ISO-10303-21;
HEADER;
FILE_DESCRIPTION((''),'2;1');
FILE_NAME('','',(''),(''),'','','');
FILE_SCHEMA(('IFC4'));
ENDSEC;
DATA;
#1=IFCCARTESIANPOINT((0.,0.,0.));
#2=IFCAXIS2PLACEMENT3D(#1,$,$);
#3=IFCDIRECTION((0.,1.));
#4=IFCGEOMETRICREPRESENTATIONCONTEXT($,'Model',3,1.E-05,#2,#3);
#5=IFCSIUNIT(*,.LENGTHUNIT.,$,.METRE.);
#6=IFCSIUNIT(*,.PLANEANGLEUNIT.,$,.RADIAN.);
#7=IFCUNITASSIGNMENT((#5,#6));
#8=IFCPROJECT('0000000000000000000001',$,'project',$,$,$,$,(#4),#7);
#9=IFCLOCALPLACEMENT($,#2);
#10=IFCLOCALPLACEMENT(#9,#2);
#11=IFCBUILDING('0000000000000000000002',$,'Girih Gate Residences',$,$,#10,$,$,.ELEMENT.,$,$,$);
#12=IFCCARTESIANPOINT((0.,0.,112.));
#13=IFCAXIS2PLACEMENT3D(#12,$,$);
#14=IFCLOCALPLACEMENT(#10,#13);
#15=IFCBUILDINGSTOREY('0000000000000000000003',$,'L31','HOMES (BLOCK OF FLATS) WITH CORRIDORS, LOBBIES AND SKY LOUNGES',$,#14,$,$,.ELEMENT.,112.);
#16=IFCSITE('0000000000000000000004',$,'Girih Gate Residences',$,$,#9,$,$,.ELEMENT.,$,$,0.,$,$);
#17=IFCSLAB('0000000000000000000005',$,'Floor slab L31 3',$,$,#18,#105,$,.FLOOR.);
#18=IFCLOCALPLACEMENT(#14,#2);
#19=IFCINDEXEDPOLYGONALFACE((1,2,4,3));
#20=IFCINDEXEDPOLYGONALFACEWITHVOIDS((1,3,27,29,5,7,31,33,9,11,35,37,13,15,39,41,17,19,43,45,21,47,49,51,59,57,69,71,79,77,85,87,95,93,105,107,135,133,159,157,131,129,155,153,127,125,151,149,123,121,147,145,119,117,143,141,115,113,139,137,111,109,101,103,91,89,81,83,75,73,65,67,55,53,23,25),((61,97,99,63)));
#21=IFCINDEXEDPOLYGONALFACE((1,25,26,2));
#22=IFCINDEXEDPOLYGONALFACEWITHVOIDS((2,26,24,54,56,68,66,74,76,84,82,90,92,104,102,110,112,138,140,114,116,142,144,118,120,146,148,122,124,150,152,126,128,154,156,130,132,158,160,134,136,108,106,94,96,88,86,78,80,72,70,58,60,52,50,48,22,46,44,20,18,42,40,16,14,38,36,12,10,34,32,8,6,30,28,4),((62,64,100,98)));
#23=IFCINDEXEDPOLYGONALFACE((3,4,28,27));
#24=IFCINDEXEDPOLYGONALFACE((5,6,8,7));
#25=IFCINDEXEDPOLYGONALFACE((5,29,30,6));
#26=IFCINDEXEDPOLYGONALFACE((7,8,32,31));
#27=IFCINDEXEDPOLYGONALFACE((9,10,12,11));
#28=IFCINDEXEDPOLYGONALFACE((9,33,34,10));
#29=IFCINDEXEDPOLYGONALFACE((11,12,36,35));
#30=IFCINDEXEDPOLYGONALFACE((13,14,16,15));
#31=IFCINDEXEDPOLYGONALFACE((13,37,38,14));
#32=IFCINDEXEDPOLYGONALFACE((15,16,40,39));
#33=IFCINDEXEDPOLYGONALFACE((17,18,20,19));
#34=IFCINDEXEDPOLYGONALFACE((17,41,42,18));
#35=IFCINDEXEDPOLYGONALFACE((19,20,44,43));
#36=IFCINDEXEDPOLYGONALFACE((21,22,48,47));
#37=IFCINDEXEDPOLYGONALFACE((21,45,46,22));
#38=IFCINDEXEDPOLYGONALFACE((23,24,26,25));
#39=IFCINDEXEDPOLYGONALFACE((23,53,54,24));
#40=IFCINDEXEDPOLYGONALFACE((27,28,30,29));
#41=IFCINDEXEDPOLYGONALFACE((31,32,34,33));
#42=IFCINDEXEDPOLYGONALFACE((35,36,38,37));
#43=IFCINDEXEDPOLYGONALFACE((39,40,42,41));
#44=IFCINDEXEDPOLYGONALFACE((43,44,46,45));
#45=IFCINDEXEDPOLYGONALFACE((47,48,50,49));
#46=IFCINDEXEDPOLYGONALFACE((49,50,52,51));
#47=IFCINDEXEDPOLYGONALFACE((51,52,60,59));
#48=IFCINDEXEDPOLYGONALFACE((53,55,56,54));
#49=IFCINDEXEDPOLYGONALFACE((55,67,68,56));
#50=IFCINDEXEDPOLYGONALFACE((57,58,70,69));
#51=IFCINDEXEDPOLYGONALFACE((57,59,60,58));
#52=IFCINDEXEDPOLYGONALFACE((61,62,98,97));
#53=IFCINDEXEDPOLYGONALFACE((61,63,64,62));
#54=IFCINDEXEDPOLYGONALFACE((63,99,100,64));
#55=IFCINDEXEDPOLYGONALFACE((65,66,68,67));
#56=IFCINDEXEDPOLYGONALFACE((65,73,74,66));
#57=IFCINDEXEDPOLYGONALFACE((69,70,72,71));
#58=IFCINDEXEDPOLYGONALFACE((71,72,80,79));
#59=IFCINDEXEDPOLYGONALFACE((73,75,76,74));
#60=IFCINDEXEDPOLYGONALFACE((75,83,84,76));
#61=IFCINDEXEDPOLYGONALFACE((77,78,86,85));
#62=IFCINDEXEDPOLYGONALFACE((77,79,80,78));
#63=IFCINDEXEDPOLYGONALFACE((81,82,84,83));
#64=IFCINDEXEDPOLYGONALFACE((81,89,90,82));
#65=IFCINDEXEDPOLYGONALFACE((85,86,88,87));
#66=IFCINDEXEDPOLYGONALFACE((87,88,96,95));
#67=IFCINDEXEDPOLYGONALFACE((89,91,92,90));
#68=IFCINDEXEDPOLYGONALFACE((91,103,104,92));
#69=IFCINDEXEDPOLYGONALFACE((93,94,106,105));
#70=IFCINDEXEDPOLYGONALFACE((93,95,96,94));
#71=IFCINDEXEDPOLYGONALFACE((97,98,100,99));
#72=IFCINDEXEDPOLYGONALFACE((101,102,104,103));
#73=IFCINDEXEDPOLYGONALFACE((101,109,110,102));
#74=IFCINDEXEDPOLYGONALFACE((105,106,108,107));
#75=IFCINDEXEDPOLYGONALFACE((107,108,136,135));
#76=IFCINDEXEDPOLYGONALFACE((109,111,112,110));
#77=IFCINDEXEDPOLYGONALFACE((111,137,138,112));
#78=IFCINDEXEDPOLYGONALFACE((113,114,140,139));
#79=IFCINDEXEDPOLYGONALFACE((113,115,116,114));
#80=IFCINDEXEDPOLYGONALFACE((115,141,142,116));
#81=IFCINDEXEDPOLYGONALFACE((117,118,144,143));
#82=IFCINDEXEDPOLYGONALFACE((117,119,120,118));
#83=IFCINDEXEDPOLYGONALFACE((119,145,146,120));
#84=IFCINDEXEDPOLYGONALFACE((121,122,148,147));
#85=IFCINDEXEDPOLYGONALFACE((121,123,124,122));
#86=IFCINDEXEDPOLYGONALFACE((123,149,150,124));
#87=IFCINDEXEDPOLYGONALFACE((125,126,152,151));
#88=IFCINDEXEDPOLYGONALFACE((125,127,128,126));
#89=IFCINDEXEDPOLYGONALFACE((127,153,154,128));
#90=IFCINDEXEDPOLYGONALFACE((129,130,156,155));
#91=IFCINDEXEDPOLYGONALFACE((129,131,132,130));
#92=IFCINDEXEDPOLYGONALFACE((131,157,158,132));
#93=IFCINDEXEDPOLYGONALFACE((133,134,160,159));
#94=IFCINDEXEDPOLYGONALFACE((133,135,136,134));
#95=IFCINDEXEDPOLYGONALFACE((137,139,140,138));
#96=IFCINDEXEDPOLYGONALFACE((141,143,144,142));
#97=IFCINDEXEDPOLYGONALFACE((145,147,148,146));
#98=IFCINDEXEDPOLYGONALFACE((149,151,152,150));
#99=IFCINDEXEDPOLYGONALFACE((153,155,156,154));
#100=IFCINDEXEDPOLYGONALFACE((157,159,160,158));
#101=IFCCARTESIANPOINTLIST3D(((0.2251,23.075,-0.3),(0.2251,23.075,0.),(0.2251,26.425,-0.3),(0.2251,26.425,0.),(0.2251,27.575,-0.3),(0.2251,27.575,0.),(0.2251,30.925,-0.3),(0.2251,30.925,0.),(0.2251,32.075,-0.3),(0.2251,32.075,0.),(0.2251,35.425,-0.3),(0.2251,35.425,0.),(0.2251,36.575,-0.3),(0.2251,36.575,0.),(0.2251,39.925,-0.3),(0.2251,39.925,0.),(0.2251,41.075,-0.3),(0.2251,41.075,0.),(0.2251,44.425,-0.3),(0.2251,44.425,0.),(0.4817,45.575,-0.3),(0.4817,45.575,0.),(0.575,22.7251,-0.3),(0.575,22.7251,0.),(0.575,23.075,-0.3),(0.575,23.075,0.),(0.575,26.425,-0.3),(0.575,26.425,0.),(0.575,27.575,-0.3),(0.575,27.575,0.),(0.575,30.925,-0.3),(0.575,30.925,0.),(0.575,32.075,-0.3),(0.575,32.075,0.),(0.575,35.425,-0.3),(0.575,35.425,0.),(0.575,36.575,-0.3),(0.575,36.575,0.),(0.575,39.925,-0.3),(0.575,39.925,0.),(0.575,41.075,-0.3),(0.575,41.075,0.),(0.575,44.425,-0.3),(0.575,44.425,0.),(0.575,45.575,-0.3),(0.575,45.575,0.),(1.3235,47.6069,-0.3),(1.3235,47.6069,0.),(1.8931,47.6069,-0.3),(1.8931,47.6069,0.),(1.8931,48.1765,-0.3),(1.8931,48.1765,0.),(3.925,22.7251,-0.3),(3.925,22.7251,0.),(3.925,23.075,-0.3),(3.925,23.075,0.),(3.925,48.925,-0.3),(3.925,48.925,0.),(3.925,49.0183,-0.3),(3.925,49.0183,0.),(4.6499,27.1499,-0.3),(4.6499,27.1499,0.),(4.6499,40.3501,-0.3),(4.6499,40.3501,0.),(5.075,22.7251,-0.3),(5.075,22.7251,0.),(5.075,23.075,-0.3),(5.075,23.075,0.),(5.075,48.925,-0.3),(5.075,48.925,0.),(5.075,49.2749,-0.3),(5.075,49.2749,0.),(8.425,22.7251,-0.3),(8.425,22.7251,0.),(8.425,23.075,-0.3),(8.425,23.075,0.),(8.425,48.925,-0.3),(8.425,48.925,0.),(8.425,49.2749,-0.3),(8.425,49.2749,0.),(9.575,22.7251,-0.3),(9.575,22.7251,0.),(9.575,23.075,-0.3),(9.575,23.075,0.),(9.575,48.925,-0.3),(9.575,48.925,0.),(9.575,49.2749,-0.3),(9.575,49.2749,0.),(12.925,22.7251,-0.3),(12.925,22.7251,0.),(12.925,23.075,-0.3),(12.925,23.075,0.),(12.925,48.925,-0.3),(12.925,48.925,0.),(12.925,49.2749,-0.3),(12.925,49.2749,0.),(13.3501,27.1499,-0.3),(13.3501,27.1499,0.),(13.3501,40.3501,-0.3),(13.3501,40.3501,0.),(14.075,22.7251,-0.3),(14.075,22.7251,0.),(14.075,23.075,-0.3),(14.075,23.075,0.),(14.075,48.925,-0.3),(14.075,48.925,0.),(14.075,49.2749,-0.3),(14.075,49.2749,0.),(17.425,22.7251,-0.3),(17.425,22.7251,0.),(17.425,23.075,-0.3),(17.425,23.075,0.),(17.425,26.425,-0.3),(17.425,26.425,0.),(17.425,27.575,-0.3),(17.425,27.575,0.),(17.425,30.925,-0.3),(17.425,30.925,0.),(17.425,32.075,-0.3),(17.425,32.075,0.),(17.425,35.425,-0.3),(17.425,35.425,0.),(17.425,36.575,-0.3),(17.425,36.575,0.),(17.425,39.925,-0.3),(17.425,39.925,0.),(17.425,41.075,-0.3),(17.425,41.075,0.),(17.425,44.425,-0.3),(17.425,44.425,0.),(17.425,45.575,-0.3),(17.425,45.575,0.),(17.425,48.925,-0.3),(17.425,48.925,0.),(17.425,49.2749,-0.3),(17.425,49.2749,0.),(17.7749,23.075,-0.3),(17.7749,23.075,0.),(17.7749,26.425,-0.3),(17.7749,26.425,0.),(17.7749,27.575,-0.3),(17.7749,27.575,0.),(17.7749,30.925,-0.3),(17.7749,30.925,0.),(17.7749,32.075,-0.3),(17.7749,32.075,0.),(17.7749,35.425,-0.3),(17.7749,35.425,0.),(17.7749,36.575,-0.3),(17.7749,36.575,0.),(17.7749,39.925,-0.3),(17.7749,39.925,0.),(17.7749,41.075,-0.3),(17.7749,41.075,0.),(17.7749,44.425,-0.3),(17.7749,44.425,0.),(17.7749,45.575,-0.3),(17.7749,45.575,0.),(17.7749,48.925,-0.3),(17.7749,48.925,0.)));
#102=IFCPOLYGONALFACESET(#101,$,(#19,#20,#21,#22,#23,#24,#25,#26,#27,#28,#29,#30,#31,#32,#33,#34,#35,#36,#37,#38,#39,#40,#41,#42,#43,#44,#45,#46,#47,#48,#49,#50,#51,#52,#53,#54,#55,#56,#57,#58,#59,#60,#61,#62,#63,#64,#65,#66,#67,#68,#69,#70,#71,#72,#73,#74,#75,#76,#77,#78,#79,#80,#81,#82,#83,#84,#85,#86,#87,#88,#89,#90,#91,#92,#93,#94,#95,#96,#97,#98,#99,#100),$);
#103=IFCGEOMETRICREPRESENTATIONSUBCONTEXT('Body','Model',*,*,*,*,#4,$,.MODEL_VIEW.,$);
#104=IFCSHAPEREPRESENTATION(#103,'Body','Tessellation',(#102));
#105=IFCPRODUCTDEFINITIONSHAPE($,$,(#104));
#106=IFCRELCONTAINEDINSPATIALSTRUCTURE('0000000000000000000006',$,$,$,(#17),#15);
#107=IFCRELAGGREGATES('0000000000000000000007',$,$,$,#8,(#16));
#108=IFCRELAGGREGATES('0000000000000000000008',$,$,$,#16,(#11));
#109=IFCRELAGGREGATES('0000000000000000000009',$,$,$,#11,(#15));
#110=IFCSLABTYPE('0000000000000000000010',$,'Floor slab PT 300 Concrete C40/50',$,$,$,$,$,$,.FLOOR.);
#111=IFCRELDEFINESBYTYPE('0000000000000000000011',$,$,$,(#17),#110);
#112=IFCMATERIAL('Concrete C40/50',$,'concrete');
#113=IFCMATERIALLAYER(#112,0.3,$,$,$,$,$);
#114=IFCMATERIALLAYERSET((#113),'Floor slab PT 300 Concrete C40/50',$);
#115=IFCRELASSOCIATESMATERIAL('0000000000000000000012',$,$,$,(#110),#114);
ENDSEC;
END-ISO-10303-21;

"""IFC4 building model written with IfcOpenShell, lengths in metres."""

from ifc_helpers import new_model, si_unit, direction, frame, origin, place, context, subcontext, project, spatial, polyline, outline, extrude, material, layer, layer_set, type_object, element, save


model = new_model("IFC4")

# Units and contexts
model_context = context("Model", 3, precision=1e-05, world=origin(), true_north=direction((0.0, 1.0)))
body_context = subcontext(model_context, "Body", "Model", "MODEL_VIEW")
ifc_project = project(units=[si_unit("LENGTHUNIT", "METRE"), si_unit("PLANEANGLEUNIT", "RADIAN")], contexts=[model_context])

# Site, building, storey
site_placement = place(None, origin())
site = spatial("IfcSite", under=ifc_project, at=site_placement, Name="Girih Gate Residences", CompositionType="ELEMENT", RefElevation=0.0)
building_placement = place(site_placement, origin())
building = spatial("IfcBuilding", under=site, at=building_placement, Name="Girih Gate Residences", CompositionType="ELEMENT")
storey_placement = place(building_placement, frame((0.0, 0.0, 112.0)))
storey = spatial("IfcBuildingStorey", under=building, at=storey_placement, Name="L31", Description="HOMES (BLOCK OF FLATS) WITH CORRIDORS, LOBBIES AND SKY LOUNGES", CompositionType="ELEMENT", Elevation=112.0)

# Slab
ifc_material_1 = material(Name="Concrete C40/50", Category="concrete")
ifc_layer_1 = layer(ifc_material_1, 0.3)
ifc_layer_set_1 = layer_set([ifc_layer_1], Name="Floor slab PT 300 Concrete C40/50")
slab_type_1 = type_object("IfcSlabType", Name="Floor slab PT 300 Concrete C40/50", PredefinedType="FLOOR", material=ifc_layer_set_1)
slab_1_placement = place(storey_placement, frame((0.0, 0.0, -0.3)))
element("IfcSlab", 1, at=slab_1_placement, inside=storey, type_object=slab_type_1, Name="Floor slab L31 3", PredefinedType="FLOOR", context=body_context, shape_type="SweptSolid", body=[
    extrude(outline(polyline([(0.2251, 26.425), (0.2251, 23.075), (0.575, 23.075), (0.575, 22.7251), (3.925, 22.7251), (3.925, 23.075), (5.075, 23.075), (5.075, 22.7251), (8.425, 22.7251), (8.425, 23.075), (9.575, 23.075), (9.575, 22.7251), (12.925, 22.7251), (12.925, 23.075), (14.075, 23.075), (14.075, 22.7251), (17.425, 22.7251), (17.425, 23.075), (17.7749, 23.075), (17.7749, 26.425), (17.425, 26.425), (17.425, 27.575), (17.7749, 27.575), (17.7749, 30.925), (17.425, 30.925), (17.425, 32.075), (17.7749, 32.075), (17.7749, 35.425), (17.425, 35.425), (17.425, 36.575), (17.7749, 36.575), (17.7749, 39.925), (17.425, 39.925), (17.425, 41.075), (17.7749, 41.075), (17.7749, 44.425), (17.425, 44.425), (17.425, 45.575), (17.7749, 45.575), (17.7749, 48.925), (17.425, 48.925), (17.425, 49.2749), (14.075, 49.2749), (14.075, 48.925), (12.925, 48.925), (12.925, 49.2749), (9.575, 49.2749), (9.575, 48.925), (8.425, 48.925), (8.425, 49.2749), (5.075, 49.2749), (5.075, 48.925), (3.925, 48.925), (3.925, 49.0183), (1.8931, 48.1765), (1.8931, 47.6069), (1.3235, 47.6069), (0.4817, 45.575), (0.575, 45.575), (0.575, 44.425), (0.2251, 44.425), (0.2251, 41.075), (0.575, 41.075), (0.575, 39.925), (0.2251, 39.925), (0.2251, 36.575), (0.575, 36.575), (0.575, 35.425), (0.2251, 35.425), (0.2251, 32.075), (0.575, 32.075), (0.575, 30.925), (0.2251, 30.925), (0.2251, 27.575), (0.575, 27.575), (0.575, 26.425), (0.2251, 26.425)]), holes=[polyline([(13.3501, 40.3501), (13.3501, 27.1499), (4.6499, 27.1499), (4.6499, 40.3501), (13.3501, 40.3501)])]), origin(), (0.0, 0.0, 1.0), 0.3),
])

save(model, "model.ifc")
